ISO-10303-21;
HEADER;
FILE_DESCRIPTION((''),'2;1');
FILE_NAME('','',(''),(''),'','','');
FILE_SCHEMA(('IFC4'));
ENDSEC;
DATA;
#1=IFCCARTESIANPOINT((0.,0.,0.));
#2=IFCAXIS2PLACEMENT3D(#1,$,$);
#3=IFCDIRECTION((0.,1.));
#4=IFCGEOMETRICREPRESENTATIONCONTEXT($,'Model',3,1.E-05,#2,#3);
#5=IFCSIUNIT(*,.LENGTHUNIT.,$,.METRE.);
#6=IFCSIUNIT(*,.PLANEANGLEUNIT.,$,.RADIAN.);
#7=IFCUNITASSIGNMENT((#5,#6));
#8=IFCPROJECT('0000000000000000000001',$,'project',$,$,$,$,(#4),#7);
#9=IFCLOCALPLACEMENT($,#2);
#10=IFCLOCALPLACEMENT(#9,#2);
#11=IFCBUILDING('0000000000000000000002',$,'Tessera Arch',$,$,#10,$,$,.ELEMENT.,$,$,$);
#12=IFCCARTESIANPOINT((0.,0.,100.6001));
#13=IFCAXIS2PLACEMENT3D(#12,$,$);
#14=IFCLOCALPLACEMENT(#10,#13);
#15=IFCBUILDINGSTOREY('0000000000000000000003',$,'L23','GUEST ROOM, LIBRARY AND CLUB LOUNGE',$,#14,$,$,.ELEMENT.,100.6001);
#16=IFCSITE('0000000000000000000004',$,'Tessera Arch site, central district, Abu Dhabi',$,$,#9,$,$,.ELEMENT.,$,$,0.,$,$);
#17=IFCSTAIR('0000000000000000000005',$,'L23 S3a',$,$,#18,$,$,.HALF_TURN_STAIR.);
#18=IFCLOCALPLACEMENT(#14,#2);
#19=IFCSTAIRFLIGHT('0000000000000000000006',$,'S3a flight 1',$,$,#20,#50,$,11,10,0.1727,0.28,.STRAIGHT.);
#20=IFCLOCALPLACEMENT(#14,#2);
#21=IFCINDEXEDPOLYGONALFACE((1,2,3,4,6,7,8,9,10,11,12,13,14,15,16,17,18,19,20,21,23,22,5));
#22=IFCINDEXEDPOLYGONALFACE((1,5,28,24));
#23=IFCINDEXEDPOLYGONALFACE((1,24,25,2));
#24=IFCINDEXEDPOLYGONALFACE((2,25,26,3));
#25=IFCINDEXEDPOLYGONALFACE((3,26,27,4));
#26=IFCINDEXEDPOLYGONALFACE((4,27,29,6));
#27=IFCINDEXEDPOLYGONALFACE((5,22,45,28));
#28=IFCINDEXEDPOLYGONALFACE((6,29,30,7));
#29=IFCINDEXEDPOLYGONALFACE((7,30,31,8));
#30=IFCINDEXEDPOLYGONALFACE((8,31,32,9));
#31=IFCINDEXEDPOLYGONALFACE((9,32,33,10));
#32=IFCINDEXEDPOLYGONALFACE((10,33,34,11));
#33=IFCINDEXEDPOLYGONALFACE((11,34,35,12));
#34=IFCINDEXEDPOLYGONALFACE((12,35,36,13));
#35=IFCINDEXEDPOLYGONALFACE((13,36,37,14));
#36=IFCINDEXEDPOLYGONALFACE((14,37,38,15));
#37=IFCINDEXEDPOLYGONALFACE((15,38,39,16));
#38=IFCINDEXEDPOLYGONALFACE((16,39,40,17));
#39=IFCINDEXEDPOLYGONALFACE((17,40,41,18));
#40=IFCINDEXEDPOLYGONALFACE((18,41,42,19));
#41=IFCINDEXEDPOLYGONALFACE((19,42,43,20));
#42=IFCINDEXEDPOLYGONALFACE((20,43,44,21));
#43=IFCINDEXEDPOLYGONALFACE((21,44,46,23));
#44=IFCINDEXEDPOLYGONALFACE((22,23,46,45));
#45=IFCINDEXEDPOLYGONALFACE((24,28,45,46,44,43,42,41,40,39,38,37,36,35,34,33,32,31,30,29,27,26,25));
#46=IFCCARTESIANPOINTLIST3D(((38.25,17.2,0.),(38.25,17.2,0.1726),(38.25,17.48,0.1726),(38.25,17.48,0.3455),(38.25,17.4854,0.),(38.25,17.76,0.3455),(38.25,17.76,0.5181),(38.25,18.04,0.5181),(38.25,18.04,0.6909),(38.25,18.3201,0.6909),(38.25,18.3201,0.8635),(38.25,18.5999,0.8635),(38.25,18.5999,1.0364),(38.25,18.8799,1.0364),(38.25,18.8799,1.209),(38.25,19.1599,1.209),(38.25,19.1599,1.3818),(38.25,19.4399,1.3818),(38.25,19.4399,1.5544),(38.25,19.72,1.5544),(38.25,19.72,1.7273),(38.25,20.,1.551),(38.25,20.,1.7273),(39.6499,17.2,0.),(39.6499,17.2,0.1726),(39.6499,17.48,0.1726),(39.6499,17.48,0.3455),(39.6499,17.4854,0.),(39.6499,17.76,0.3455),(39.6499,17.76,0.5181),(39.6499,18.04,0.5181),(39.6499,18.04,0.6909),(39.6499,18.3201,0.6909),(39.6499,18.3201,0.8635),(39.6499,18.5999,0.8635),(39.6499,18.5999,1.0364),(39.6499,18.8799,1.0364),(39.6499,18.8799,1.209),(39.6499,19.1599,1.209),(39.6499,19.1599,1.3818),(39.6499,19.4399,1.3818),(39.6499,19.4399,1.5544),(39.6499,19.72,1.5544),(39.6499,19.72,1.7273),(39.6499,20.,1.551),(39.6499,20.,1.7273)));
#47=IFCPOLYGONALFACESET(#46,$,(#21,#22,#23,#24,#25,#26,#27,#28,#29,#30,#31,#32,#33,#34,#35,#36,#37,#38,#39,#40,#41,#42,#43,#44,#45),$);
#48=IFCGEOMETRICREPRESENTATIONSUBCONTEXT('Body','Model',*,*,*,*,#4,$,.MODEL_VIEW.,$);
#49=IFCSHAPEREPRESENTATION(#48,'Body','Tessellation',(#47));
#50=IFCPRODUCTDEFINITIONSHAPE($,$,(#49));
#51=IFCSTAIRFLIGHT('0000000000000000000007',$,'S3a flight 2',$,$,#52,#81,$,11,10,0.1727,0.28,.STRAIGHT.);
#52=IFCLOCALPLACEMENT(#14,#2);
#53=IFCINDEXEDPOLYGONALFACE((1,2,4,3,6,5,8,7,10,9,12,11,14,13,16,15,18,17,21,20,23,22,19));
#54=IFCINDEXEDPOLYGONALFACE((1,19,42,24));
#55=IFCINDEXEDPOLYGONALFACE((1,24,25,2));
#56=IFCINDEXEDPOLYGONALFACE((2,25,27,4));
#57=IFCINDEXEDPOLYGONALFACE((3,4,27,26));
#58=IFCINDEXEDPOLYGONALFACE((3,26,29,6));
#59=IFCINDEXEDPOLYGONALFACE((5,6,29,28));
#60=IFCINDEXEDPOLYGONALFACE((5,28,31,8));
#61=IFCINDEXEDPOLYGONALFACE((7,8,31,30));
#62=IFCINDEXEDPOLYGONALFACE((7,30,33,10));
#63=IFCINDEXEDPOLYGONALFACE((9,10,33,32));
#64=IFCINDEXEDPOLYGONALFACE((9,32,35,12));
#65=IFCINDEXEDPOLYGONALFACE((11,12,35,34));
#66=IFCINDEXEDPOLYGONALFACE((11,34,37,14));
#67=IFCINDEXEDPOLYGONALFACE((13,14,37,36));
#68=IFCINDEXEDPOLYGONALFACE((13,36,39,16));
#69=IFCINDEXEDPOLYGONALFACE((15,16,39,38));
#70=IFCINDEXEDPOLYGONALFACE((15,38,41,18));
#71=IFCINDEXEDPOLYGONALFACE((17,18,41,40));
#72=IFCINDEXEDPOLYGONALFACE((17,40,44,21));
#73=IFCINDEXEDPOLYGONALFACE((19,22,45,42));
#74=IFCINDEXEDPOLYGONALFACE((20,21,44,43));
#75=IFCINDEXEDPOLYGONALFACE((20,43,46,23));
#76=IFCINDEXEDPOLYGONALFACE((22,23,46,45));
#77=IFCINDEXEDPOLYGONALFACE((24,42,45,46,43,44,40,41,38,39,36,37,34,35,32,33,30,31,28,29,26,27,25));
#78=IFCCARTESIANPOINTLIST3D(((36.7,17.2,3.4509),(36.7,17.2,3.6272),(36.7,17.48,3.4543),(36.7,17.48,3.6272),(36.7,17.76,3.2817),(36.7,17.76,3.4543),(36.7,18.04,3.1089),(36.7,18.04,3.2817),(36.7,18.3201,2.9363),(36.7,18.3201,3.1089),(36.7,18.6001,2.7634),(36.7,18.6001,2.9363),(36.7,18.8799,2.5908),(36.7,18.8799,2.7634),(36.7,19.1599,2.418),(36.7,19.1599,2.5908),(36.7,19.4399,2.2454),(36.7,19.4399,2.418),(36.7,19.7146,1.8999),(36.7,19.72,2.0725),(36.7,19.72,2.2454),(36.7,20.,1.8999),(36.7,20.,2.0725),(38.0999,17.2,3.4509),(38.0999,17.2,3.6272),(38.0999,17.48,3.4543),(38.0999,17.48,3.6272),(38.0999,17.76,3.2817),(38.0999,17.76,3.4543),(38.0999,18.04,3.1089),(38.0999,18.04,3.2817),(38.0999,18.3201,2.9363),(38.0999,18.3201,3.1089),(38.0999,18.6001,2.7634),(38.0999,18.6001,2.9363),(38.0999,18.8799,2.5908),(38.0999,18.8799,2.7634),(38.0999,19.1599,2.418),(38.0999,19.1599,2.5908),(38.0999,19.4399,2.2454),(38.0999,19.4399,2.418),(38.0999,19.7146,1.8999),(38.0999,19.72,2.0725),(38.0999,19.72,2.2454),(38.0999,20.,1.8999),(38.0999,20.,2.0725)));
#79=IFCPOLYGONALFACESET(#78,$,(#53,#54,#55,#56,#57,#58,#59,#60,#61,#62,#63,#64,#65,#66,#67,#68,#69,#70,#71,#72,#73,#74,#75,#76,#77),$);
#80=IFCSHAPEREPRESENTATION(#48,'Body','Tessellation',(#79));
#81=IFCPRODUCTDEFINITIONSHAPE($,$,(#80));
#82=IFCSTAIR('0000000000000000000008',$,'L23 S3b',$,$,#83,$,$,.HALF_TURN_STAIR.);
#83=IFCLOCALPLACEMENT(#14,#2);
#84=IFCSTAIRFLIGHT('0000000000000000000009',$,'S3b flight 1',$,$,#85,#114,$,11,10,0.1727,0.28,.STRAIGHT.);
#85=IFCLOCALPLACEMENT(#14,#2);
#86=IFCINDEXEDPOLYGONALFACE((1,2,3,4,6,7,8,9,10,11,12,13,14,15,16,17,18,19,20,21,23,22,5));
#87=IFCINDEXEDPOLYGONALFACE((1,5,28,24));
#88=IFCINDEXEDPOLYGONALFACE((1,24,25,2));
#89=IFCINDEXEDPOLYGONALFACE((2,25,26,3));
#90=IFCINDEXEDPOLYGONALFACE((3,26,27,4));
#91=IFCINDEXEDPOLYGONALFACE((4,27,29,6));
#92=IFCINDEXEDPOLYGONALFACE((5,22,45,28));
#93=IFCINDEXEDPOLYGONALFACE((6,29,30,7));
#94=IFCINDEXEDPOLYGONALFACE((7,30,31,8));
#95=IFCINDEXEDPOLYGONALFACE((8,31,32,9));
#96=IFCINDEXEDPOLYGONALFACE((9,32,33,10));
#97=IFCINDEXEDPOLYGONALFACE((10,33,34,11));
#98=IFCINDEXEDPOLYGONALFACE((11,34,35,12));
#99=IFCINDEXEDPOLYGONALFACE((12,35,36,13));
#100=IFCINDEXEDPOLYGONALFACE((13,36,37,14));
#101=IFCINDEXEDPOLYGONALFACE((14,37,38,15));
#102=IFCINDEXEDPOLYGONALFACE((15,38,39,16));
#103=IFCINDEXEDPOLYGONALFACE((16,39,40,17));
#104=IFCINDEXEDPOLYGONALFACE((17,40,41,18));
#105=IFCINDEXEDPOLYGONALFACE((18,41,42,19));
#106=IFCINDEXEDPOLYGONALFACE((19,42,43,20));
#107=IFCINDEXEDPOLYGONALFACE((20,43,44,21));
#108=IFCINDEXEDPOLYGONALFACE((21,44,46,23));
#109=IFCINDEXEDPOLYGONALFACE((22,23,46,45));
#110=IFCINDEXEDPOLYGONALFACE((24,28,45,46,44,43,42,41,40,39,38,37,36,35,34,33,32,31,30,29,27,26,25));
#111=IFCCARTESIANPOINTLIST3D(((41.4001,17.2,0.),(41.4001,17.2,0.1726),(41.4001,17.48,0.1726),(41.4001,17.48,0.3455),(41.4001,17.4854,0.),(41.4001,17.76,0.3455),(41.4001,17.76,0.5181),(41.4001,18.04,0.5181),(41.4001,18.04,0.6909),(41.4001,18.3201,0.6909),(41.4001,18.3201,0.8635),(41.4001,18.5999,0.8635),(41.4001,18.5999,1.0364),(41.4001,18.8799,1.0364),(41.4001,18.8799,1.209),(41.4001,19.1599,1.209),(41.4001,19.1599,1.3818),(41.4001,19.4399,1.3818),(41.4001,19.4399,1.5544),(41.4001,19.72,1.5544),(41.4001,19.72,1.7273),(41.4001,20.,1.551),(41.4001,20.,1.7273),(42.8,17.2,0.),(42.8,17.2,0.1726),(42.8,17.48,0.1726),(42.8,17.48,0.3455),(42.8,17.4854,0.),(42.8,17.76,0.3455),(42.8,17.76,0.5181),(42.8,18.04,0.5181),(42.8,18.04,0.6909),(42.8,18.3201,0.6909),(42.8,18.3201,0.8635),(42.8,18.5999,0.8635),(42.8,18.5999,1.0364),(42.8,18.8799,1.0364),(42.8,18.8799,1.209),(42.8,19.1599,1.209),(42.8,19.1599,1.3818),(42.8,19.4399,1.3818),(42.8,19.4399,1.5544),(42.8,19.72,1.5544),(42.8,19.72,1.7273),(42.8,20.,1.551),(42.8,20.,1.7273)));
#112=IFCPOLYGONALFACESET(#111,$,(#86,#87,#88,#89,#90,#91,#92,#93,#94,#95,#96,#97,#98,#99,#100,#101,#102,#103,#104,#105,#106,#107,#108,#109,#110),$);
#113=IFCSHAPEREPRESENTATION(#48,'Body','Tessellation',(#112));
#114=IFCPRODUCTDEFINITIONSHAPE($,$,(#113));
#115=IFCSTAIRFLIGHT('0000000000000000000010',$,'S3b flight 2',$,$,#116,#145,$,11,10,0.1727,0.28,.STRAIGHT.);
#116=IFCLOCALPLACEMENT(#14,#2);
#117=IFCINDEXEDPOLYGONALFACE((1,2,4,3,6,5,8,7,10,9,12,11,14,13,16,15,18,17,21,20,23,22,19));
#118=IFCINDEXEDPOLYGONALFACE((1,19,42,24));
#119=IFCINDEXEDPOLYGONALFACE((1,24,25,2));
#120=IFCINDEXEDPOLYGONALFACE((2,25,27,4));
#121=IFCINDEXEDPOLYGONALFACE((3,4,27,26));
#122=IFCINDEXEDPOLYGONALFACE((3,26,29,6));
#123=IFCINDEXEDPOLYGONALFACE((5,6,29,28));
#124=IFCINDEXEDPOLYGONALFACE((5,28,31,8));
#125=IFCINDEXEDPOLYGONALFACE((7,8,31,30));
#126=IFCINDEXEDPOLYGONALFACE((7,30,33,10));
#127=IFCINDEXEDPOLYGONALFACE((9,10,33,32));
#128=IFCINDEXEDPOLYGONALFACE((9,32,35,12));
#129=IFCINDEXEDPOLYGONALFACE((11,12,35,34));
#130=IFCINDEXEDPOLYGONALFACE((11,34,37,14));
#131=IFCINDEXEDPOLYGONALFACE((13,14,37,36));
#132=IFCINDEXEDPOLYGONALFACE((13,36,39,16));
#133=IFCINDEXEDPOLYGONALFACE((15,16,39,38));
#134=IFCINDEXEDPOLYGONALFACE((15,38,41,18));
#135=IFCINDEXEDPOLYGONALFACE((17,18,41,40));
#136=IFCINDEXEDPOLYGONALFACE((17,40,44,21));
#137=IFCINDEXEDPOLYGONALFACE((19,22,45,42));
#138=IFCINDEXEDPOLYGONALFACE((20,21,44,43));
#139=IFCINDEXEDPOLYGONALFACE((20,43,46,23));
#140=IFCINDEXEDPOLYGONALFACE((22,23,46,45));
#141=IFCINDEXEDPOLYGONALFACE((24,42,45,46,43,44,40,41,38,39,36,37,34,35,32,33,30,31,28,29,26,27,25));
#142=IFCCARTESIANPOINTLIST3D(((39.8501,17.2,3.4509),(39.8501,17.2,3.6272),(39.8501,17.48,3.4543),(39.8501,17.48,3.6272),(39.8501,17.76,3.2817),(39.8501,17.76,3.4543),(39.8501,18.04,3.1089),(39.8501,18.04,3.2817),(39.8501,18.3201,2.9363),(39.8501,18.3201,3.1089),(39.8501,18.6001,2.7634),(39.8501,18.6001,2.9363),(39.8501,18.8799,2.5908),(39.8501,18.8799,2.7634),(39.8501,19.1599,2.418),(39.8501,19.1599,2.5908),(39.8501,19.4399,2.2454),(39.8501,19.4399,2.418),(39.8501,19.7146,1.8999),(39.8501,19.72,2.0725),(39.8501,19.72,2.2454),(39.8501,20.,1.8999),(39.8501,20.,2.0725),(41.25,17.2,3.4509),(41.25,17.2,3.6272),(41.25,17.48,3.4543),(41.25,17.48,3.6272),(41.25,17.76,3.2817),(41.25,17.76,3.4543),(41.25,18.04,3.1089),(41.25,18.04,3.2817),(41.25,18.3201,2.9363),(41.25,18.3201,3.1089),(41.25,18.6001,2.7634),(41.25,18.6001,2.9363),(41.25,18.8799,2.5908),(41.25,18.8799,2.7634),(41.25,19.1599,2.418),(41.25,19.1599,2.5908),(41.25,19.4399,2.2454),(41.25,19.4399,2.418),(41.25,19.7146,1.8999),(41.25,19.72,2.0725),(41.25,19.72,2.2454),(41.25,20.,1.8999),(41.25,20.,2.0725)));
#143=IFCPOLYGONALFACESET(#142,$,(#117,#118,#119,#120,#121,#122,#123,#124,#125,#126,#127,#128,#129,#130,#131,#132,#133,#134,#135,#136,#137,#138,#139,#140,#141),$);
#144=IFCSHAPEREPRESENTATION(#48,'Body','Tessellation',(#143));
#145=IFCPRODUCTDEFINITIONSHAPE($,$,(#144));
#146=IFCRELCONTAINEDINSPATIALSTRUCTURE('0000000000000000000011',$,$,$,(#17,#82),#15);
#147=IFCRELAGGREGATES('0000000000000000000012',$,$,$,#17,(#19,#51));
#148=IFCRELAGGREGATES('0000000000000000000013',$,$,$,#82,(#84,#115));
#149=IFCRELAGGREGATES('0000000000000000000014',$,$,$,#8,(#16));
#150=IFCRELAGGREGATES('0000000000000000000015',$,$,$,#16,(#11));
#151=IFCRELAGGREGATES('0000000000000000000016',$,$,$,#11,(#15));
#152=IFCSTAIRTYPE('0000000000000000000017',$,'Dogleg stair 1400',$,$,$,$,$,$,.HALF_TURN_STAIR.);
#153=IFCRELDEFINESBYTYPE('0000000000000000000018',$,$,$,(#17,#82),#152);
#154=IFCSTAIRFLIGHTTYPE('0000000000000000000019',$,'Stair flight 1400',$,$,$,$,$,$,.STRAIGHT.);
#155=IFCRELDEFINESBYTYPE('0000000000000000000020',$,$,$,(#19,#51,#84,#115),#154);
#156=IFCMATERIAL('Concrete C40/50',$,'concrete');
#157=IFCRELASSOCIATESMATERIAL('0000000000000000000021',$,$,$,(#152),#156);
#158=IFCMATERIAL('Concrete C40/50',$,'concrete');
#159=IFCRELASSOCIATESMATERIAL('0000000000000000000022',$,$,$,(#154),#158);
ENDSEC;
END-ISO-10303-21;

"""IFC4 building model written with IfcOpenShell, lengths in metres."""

from ifc_helpers import new_model, si_unit, direction, frame, origin, place, context, subcontext, project, spatial, polyline, outline, extrude, material, type_object, element, aggregate, save


model = new_model("IFC4")

# Units and contexts
model_context = context("Model", 3, precision=1e-05, world=origin(), true_north=direction((0.0, 1.0)))
body_context = subcontext(model_context, "Body", "Model", "MODEL_VIEW")
ifc_project = project(units=[si_unit("LENGTHUNIT", "METRE"), si_unit("PLANEANGLEUNIT", "RADIAN")], contexts=[model_context])

# Site, building, storey
site_placement = place(None, origin())
site = spatial("IfcSite", under=ifc_project, at=site_placement, Name="Tessera Arch site, central district, Abu Dhabi", CompositionType="ELEMENT", RefElevation=0.0)
building_placement = place(site_placement, origin())
building = spatial("IfcBuilding", under=site, at=building_placement, Name="Tessera Arch", CompositionType="ELEMENT")
storey_placement = place(building_placement, frame((0.0, 0.0, 100.6001)))
storey = spatial("IfcBuildingStorey", under=building, at=storey_placement, Name="L23", Description="GUEST ROOM, LIBRARY AND CLUB LOUNGE", CompositionType="ELEMENT", Elevation=100.6001)

# Stairs, stair flights
ifc_material_1 = material(Name="Concrete C40/50", Category="concrete")
stair_type = type_object("IfcStairType", Name="Dogleg stair 1400", PredefinedType="HALF_TURN_STAIR", material=ifc_material_1)
stair_1_placement = place(storey_placement, origin())
stair_1 = element("IfcStair", 1, at=stair_1_placement, inside=storey, type_object=stair_type, Name="L23 S3a", PredefinedType="HALF_TURN_STAIR")
ifc_material_2 = material(Name="Concrete C40/50", Category="concrete")
stair_flight_type = type_object("IfcStairFlightType", Name="Stair flight 1400", PredefinedType="STRAIGHT", material=ifc_material_2)
stair_flight_1_placement = place(storey_placement, frame((38.95, 17.2, 0.0), z_axis=(0.0, 0.0, 1.0), x_axis=(0.0, 1.0, 0.0)))
stair_flight_1 = element("IfcStairFlight", 2, at=stair_flight_1_placement, type_object=stair_flight_type, Name="S3a flight 1", NumberOfRisers=11, NumberOfTreads=10, PredefinedType="STRAIGHT", RiserHeight=0.1727, TreadLength=0.28, context=body_context, shape_type="SweptSolid", body=[
    extrude(outline(polyline([(0.0, 0.0), (0.0, 0.1726), (0.28, 0.1726), (0.28, 0.3455), (0.5601, 0.3455), (0.5601, 0.5181), (0.8401, 0.5181), (0.8401, 0.6909), (1.1201, 0.6909), (1.1201, 0.8635), (1.3999, 0.8635), (1.3999, 1.0364), (1.6799, 1.0364), (1.6799, 1.209), (1.96, 1.209), (1.96, 1.3818), (2.24, 1.3818), (2.24, 1.5544), (2.52, 1.5544), (2.52, 1.7273), (2.8, 1.7273), (2.8, 1.8999), (2.8, 1.551), (0.2854, 0.0), (0.0, 0.0)])), frame((0.0, 0.7, 0.0), z_axis=(0.0, -1.0, 0.0), x_axis=(1.0, 0.0, 0.0)), (0.0, 0.0, 1.0), 1.3999),
])
stair_flight_2_placement = place(storey_placement, frame((37.3999, 20.0, 1.8999), z_axis=(0.0, 0.0, 1.0), x_axis=(0.0, -1.0, 0.0)))
stair_flight_2 = element("IfcStairFlight", 3, at=stair_flight_2_placement, type_object=stair_flight_type, Name="S3a flight 2", NumberOfRisers=11, NumberOfTreads=10, PredefinedType="STRAIGHT", RiserHeight=0.1727, TreadLength=0.28, context=body_context, shape_type="SweptSolid", body=[
    extrude(outline(polyline([(0.0, 0.0), (0.0, 0.1726), (0.28, 0.1726), (0.28, 0.3455), (0.5601, 0.3455), (0.5601, 0.5181), (0.8401, 0.5181), (0.8401, 0.6909), (1.1201, 0.6909), (1.1201, 0.8635), (1.3999, 0.8635), (1.3999, 1.0364), (1.6799, 1.0364), (1.6799, 1.209), (1.96, 1.209), (1.96, 1.3818), (2.24, 1.3818), (2.24, 1.5544), (2.52, 1.5544), (2.52, 1.7273), (2.8, 1.7273), (2.8, 1.8999), (2.8, 1.551), (0.2854, 0.0), (0.0, 0.0)])), frame((0.0, 0.7, 0.0), z_axis=(0.0, -1.0, 0.0), x_axis=(1.0, 0.0, 0.0)), (0.0, 0.0, 1.0), 1.3999),
])
aggregate(stair_1, [stair_flight_1, stair_flight_2])
stair_2_placement = place(storey_placement, origin())
stair_2 = element("IfcStair", 4, at=stair_2_placement, inside=storey, type_object=stair_type, Name="L23 S3b", PredefinedType="HALF_TURN_STAIR")
stair_flight_3_placement = place(storey_placement, frame((42.1001, 17.2, 0.0), z_axis=(0.0, 0.0, 1.0), x_axis=(0.0, 1.0, 0.0)))
stair_flight_3 = element("IfcStairFlight", 5, at=stair_flight_3_placement, type_object=stair_flight_type, Name="S3b flight 1", NumberOfRisers=11, NumberOfTreads=10, PredefinedType="STRAIGHT", RiserHeight=0.1727, TreadLength=0.28, context=body_context, shape_type="SweptSolid", body=[
    extrude(outline(polyline([(0.0, 0.0), (0.0, 0.1726), (0.28, 0.1726), (0.28, 0.3455), (0.5601, 0.3455), (0.5601, 0.5181), (0.8401, 0.5181), (0.8401, 0.6909), (1.1201, 0.6909), (1.1201, 0.8635), (1.3999, 0.8635), (1.3999, 1.0364), (1.6799, 1.0364), (1.6799, 1.209), (1.96, 1.209), (1.96, 1.3818), (2.24, 1.3818), (2.24, 1.5544), (2.52, 1.5544), (2.52, 1.7273), (2.8, 1.7273), (2.8, 1.8999), (2.8, 1.551), (0.2854, 0.0), (0.0, 0.0)])), frame((0.0, 0.7, 0.0), z_axis=(0.0, -1.0, 0.0), x_axis=(1.0, 0.0, 0.0)), (0.0, 0.0, 1.0), 1.3999),
])
stair_flight_4_placement = place(storey_placement, frame((40.55, 20.0, 1.8999), z_axis=(0.0, 0.0, 1.0), x_axis=(0.0, -1.0, 0.0)))
stair_flight_4 = element("IfcStairFlight", 6, at=stair_flight_4_placement, type_object=stair_flight_type, Name="S3b flight 2", NumberOfRisers=11, NumberOfTreads=10, PredefinedType="STRAIGHT", RiserHeight=0.1727, TreadLength=0.28, context=body_context, shape_type="SweptSolid", body=[
    extrude(outline(polyline([(0.0, 0.0), (0.0, 0.1726), (0.28, 0.1726), (0.28, 0.3455), (0.5601, 0.3455), (0.5601, 0.5181), (0.8401, 0.5181), (0.8401, 0.6909), (1.1201, 0.6909), (1.1201, 0.8635), (1.3999, 0.8635), (1.3999, 1.0364), (1.6799, 1.0364), (1.6799, 1.209), (1.96, 1.209), (1.96, 1.3818), (2.24, 1.3818), (2.24, 1.5544), (2.52, 1.5544), (2.52, 1.7273), (2.8, 1.7273), (2.8, 1.8999), (2.8, 1.551), (0.2854, 0.0), (0.0, 0.0)])), frame((0.0, 0.7, 0.0), z_axis=(0.0, -1.0, 0.0), x_axis=(1.0, 0.0, 0.0)), (0.0, 0.0, 1.0), 1.3999),
])
aggregate(stair_2, [stair_flight_3, stair_flight_4])

save(model, "model.ifc")
